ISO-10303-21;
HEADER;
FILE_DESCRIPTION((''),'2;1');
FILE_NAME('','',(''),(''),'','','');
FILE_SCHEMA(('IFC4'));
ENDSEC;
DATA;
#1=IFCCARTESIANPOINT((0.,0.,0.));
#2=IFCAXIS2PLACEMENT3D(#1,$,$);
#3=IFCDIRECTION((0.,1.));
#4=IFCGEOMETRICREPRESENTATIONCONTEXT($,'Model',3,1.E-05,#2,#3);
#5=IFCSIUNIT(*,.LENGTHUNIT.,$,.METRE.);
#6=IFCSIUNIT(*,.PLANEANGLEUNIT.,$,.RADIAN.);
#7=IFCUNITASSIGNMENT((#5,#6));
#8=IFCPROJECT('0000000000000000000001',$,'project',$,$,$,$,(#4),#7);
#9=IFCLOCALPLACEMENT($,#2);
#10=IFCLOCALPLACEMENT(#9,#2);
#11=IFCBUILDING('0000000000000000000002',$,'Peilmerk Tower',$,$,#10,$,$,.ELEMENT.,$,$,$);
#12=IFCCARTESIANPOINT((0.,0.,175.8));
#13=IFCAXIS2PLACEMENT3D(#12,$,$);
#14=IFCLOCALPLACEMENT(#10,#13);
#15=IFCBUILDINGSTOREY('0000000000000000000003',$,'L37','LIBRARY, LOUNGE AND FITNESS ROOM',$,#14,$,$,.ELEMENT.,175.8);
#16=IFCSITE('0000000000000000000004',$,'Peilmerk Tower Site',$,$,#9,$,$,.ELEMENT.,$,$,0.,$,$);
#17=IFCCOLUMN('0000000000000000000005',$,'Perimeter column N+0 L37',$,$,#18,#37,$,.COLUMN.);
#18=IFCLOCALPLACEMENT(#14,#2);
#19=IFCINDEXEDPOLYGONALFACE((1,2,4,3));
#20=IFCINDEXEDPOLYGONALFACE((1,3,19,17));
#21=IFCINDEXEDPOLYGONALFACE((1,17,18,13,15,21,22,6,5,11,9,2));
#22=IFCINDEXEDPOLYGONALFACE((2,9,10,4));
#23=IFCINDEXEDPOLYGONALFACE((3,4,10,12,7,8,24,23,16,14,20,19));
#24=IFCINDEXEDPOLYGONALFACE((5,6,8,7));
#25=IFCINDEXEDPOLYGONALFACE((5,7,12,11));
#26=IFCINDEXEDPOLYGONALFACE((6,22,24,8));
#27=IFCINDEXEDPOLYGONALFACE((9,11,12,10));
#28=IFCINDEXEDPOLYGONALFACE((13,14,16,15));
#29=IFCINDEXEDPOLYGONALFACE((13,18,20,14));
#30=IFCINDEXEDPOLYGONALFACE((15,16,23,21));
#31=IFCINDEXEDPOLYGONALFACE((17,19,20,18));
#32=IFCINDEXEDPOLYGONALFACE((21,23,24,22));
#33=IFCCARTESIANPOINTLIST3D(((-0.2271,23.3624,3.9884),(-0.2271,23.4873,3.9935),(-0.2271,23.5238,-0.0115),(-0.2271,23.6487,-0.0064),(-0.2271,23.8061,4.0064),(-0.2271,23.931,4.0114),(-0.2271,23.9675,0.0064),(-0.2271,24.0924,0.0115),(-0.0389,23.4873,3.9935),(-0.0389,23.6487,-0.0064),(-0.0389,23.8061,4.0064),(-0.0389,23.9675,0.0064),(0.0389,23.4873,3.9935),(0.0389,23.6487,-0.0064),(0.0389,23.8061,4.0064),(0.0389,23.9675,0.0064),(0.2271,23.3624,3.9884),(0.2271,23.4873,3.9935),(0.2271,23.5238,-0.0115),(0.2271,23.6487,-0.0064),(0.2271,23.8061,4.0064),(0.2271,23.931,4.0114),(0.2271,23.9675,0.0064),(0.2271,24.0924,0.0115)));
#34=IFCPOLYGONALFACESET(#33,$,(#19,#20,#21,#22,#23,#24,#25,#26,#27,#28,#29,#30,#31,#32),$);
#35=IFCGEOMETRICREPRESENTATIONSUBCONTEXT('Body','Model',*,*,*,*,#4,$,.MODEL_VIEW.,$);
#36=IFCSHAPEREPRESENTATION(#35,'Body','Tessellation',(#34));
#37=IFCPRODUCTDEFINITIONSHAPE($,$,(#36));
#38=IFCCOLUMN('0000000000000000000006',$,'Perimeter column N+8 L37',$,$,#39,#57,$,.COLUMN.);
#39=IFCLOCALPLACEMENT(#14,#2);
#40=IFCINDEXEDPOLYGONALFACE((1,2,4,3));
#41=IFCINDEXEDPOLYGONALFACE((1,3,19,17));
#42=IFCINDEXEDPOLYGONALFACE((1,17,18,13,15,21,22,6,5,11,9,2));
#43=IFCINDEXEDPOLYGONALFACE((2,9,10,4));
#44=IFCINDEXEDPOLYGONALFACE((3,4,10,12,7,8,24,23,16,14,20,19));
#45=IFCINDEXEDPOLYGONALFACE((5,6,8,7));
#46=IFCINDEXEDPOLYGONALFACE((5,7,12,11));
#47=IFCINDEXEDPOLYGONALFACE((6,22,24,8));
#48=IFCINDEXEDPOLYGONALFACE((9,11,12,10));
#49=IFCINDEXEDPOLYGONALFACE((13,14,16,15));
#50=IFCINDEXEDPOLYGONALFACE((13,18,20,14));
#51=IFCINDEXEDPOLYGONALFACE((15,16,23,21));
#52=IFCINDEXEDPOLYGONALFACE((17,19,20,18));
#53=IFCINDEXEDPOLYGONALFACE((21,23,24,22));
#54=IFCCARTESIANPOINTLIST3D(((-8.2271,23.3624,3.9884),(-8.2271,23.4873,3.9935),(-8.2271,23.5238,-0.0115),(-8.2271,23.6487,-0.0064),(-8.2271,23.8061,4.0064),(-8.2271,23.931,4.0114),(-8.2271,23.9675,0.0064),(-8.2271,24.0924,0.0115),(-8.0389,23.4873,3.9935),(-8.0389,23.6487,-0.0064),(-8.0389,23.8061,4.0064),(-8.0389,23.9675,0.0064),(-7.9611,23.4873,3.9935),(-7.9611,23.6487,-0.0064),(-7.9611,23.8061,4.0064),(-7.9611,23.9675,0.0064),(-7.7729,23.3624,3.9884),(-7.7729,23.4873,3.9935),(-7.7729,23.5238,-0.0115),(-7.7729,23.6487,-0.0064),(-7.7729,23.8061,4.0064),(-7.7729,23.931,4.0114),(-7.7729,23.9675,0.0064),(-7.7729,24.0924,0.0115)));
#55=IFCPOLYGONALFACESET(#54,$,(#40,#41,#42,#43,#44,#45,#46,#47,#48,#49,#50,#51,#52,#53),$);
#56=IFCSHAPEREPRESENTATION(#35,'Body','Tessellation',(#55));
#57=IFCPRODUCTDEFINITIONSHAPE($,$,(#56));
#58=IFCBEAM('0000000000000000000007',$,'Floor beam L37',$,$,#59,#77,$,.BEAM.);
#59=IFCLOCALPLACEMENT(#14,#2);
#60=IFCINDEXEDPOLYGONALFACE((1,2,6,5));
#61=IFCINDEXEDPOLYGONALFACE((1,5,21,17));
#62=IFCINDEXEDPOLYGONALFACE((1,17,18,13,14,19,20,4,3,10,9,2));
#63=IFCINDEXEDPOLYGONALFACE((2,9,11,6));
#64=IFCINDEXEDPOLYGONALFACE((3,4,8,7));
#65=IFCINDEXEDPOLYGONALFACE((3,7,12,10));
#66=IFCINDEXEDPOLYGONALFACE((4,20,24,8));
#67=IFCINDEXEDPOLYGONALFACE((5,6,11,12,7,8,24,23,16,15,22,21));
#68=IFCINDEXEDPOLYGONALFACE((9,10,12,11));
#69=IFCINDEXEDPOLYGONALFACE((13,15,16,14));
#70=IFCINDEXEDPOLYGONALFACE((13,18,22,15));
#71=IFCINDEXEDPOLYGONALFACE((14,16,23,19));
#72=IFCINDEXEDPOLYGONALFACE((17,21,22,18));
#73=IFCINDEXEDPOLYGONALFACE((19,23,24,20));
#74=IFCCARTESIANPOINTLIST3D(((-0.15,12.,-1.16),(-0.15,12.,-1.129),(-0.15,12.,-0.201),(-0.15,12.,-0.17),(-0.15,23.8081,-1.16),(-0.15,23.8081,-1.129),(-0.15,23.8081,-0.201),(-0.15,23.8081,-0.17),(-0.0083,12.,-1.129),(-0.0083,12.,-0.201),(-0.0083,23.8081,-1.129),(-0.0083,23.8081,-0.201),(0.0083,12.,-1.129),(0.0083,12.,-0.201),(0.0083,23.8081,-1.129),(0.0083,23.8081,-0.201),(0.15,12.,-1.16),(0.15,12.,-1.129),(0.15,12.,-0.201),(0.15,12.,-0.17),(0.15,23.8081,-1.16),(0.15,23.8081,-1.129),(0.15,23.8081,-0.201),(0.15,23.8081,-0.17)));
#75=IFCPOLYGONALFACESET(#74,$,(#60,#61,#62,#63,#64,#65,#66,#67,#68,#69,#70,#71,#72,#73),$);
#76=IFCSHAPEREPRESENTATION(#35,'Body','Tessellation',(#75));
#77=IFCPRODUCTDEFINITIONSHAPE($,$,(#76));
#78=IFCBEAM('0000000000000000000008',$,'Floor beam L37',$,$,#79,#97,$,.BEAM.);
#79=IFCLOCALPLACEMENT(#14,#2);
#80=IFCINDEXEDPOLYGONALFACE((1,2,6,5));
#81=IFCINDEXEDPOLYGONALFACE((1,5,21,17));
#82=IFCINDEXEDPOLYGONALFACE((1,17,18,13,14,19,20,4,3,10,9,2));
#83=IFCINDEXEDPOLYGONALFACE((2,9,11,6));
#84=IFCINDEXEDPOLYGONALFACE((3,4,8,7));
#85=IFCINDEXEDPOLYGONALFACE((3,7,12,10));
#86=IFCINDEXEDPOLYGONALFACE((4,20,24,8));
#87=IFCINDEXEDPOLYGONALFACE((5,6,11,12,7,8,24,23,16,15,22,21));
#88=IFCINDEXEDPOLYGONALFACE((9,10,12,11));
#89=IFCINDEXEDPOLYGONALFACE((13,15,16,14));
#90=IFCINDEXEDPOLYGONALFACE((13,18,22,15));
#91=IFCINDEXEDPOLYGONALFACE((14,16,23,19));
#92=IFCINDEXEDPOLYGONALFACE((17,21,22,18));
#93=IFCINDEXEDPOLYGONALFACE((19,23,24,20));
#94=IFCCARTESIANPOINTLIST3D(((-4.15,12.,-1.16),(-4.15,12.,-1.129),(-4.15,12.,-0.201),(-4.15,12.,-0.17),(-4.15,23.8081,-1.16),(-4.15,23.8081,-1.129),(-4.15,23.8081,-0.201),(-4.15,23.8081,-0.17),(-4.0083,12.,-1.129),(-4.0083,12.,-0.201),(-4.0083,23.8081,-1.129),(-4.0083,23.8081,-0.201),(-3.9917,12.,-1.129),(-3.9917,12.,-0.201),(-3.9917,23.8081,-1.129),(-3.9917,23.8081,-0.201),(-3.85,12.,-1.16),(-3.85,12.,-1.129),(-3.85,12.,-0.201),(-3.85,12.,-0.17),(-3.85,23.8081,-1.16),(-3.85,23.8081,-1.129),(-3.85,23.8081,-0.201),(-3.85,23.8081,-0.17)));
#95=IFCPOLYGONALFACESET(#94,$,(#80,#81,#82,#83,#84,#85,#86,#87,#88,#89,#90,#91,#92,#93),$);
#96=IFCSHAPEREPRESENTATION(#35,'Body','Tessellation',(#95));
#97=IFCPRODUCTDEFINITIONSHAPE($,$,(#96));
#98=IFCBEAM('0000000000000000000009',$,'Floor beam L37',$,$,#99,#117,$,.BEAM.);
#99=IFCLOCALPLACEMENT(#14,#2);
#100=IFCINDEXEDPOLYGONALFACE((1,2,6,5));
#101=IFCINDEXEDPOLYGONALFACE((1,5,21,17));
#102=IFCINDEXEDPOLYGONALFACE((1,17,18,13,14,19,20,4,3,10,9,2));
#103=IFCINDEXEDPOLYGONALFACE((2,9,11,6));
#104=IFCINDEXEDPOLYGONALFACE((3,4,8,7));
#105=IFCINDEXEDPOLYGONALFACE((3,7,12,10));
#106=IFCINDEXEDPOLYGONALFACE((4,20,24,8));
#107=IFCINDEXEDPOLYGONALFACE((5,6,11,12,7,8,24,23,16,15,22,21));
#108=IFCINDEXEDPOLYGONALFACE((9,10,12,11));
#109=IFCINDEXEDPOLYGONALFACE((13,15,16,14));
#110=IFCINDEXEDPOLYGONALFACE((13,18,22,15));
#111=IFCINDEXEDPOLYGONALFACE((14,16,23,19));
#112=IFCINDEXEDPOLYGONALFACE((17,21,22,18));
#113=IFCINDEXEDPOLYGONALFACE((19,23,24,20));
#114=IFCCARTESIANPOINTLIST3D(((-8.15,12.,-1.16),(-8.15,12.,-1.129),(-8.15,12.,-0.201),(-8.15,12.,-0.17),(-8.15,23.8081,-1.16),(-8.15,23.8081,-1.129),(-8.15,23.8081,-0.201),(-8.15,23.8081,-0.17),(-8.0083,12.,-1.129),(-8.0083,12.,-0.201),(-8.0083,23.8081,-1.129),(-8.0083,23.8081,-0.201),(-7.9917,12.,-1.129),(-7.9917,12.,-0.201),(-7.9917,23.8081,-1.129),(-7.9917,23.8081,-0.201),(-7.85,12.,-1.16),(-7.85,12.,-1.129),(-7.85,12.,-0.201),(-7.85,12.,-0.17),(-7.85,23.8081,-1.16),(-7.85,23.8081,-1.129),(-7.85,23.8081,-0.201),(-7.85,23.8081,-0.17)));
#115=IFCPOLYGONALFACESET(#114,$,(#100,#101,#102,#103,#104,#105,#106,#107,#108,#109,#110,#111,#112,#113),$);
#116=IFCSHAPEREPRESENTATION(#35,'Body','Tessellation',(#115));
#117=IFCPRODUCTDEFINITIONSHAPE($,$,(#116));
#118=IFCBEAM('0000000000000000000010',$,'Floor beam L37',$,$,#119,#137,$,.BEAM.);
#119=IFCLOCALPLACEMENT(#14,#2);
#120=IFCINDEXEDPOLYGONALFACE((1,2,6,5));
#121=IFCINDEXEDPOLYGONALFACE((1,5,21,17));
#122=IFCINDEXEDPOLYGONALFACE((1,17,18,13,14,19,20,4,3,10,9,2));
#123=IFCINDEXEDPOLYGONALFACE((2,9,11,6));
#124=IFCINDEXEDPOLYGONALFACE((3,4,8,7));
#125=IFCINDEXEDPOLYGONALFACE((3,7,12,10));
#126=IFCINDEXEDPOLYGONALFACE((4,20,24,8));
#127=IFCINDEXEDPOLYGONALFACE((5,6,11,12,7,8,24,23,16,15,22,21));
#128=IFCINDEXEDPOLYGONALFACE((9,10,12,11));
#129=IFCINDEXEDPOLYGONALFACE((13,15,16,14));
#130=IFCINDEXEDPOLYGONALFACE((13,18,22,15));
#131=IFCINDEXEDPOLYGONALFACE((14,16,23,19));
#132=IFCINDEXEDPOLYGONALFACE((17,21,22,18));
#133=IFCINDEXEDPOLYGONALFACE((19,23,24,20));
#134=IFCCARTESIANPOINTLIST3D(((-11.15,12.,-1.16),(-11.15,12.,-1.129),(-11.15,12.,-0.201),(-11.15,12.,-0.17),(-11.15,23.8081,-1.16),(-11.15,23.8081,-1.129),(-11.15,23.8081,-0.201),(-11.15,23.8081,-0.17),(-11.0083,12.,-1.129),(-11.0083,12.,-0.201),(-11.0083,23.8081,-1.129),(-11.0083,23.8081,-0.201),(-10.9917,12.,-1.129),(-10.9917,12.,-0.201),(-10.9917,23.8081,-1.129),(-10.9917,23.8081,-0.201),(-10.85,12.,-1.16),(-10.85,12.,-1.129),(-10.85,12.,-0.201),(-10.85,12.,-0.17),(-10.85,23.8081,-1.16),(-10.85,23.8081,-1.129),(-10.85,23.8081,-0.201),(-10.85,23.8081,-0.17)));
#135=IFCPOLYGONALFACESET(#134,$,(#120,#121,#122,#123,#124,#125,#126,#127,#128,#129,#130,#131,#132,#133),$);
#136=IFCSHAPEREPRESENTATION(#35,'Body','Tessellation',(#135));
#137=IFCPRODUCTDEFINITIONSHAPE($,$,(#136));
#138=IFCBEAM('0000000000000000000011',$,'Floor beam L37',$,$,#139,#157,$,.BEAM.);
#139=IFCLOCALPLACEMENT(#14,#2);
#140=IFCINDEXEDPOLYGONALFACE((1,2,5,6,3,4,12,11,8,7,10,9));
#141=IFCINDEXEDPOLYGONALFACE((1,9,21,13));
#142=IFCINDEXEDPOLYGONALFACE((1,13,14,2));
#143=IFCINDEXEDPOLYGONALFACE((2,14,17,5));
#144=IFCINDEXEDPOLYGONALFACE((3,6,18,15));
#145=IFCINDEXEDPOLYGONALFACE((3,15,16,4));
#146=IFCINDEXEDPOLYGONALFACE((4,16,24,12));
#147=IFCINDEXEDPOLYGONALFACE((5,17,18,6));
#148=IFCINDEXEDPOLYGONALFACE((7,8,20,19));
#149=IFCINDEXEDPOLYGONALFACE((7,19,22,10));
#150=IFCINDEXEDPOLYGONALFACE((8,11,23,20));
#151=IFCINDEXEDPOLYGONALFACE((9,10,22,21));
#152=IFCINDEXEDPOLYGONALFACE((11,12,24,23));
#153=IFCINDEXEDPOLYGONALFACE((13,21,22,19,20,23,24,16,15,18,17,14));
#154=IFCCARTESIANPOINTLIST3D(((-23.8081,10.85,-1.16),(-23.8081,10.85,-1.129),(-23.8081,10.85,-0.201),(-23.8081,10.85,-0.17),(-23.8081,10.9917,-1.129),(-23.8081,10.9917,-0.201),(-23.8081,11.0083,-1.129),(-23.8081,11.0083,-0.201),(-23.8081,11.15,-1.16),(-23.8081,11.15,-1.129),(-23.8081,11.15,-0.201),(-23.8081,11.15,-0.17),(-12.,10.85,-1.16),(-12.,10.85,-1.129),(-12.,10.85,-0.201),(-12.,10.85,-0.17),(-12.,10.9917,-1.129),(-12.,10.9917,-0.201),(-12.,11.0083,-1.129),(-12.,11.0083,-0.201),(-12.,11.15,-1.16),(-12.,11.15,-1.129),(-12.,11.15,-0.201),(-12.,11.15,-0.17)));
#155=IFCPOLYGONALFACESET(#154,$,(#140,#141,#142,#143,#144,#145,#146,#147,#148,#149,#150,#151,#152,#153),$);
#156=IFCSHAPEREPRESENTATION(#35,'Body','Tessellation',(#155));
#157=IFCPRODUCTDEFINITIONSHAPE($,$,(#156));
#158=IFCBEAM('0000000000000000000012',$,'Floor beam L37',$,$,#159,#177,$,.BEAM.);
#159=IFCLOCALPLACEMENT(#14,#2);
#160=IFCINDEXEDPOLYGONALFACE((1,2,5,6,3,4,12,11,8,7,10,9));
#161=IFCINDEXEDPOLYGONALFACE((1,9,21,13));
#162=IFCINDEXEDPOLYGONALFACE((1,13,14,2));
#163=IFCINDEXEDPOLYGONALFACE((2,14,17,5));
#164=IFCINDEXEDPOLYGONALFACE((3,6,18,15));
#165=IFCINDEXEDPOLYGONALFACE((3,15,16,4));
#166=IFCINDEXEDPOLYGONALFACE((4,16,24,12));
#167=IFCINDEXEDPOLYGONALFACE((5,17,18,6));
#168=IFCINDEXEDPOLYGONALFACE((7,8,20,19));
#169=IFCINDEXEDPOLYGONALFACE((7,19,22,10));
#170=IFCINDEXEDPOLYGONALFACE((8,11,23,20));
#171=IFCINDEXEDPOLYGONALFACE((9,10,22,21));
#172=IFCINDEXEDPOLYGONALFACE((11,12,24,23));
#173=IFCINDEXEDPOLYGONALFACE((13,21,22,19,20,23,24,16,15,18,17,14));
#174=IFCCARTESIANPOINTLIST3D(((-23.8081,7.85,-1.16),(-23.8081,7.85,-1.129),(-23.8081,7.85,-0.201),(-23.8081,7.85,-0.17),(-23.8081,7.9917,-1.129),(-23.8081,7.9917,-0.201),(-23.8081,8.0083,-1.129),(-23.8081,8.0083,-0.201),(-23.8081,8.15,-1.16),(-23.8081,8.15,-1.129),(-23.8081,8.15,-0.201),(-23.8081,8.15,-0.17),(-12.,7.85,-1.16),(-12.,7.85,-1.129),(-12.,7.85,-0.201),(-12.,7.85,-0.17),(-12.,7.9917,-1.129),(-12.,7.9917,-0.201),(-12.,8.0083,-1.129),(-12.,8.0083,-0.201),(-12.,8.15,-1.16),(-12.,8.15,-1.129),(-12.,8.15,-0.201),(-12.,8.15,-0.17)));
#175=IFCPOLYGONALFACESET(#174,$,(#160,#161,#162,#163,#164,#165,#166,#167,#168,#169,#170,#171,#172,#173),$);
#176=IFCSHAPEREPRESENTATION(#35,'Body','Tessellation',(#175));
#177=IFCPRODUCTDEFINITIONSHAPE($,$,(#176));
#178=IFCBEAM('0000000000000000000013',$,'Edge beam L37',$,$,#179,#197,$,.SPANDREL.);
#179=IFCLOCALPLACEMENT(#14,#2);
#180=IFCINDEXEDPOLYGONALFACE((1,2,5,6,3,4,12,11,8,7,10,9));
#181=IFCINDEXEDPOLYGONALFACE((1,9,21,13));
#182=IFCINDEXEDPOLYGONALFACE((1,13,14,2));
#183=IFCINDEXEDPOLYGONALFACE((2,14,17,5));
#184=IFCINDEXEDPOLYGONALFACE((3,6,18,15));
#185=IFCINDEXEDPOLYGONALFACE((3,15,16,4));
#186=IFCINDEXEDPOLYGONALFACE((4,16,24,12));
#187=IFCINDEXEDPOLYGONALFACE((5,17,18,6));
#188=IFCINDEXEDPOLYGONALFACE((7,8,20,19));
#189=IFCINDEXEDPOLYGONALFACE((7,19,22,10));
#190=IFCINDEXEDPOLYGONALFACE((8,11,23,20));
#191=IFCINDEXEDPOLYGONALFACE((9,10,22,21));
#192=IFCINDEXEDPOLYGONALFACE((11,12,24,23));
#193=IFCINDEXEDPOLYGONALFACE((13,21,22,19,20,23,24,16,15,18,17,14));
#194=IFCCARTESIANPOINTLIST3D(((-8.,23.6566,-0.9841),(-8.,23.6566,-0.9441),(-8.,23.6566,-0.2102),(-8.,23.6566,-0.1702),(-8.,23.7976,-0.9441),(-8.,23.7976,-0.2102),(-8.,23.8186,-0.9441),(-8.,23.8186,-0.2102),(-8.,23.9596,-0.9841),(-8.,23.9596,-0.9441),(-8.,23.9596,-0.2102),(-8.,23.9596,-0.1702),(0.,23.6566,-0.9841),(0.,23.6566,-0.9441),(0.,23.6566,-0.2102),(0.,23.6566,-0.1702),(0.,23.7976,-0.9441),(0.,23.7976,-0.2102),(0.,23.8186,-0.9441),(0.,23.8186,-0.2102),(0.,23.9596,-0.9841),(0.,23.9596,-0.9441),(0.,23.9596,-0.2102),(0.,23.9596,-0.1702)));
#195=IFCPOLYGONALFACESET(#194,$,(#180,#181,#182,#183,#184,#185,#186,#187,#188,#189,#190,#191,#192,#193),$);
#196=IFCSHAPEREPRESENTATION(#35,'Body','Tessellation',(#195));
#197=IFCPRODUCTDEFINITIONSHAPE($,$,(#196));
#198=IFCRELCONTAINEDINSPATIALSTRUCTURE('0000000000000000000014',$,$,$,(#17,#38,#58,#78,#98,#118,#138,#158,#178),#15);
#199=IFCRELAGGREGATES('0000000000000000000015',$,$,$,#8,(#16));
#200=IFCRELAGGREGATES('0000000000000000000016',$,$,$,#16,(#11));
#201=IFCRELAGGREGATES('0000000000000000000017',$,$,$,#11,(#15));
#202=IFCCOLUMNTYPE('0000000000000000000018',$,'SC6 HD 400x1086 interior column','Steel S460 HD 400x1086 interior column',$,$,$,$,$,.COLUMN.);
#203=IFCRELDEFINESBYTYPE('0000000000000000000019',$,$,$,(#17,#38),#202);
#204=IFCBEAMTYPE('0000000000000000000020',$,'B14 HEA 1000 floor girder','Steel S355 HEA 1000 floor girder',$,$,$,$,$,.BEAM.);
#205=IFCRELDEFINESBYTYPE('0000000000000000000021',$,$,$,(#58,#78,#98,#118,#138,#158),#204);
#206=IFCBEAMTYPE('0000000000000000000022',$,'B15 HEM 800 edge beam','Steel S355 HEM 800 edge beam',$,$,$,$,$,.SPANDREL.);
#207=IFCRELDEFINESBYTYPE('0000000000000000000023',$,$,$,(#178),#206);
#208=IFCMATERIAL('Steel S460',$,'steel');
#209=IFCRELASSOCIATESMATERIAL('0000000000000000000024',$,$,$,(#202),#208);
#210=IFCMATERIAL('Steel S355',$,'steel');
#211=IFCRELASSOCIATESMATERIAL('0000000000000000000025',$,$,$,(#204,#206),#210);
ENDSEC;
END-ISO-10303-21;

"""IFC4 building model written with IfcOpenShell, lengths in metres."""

from ifc_helpers import new_model, si_unit, direction, frame, origin, origin_2d, place, context, subcontext, project, spatial, i_section, extrude, material, material_profile, profile_set, type_object, element, save


model = new_model("IFC4")

# Units and contexts
model_context = context("Model", 3, precision=1e-05, world=origin(), true_north=direction((0.0, 1.0)))
body_context = subcontext(model_context, "Body", "Model", "MODEL_VIEW")
ifc_project = project(units=[si_unit("LENGTHUNIT", "METRE"), si_unit("PLANEANGLEUNIT", "RADIAN")], contexts=[model_context])

# Site, building, storey
site_placement = place(None, origin())
site = spatial("IfcSite", under=ifc_project, at=site_placement, Name="Peilmerk Tower Site", CompositionType="ELEMENT", RefElevation=0.0)
building_placement = place(site_placement, origin())
building = spatial("IfcBuilding", under=site, at=building_placement, Name="Peilmerk Tower", CompositionType="ELEMENT")
storey_placement = place(building_placement, frame((0.0, 0.0, 175.8)))
storey = spatial("IfcBuildingStorey", under=building, at=storey_placement, Name="L37", Description="LIBRARY, LOUNGE AND FITNESS ROOM", CompositionType="ELEMENT", Elevation=175.8)

# Columns
ifc_material_1 = material(Name="Steel S460", Category="steel")
ifc_material_profile_1 = material_profile(ifc_material_1, i_section(OverallWidth=0.4541, OverallDepth=0.5691, WebThickness=0.0779, FlangeThickness=0.125, at=origin_2d()), Name="HD 400x1086")
ifc_profile_set_1 = profile_set([ifc_material_profile_1], Name="Steel S460")
column_type = type_object("IfcColumnType", Name="SC6 HD 400x1086 interior column", Description="Steel S460 HD 400x1086 interior column", PredefinedType="COLUMN", material=ifc_profile_set_1)
for number, where, z_axis, x_axis, name in (
    (1, (0.0, 23.8081, 0.0), (0.0, -0.040311, 0.999187), (1.0, 0.0, 0.0), "Perimeter column N+0 L37"),
    (2, (-8.0, 23.8081, 0.0), (0.0, -0.040311, 0.999187), (1.0, 0.0, 0.0), "Perimeter column N+8 L37"),
):
    element("IfcColumn", number, at=place(storey_placement, frame(where, z_axis=z_axis, x_axis=x_axis)), inside=storey, type_object=column_type, Name=name, PredefinedType="COLUMN", context=body_context, shape_type="SweptSolid", body=[
        extrude(i_section(OverallWidth=0.4541, OverallDepth=0.5691, WebThickness=0.0779, FlangeThickness=0.125, at=origin_2d()), origin(), (0.0, 0.0, 1.0), 4.0032),
    ])

# Beams
ifc_material_2 = material(Name="Steel S355", Category="steel")
ifc_material_profile_2 = material_profile(ifc_material_2, i_section(OverallWidth=0.3, OverallDepth=0.99, WebThickness=0.0166, FlangeThickness=0.031, at=origin_2d()), Name="HEA 1000")
ifc_profile_set_2 = profile_set([ifc_material_profile_2], Name="Steel S355")
beam_type_1 = type_object("IfcBeamType", Name="B14 HEA 1000 floor girder", Description="Steel S355 HEA 1000 floor girder", PredefinedType="BEAM", material=ifc_profile_set_2)
for number, where, z_axis, x_axis, name in (
    (3, (0.0, 12.0, -0.665), (0.0, 1.0, 0.0), (-1.0, 0.0, 0.0), "Floor beam L37"),
    (4, (-4.0, 12.0, -0.665), (0.0, 1.0, 0.0), (-1.0, 0.0, 0.0), "Floor beam L37"),
    (5, (-8.0, 12.0, -0.665), (0.0, 1.0, 0.0), (-1.0, 0.0, 0.0), "Floor beam L37"),
    (6, (-11.0, 12.0, -0.665), (0.0, 1.0, 0.0), (-1.0, 0.0, 0.0), "Floor beam L37"),
    (7, (-12.0, 11.0, -0.665), (-1.0, 0.0, 0.0), (0.0, -1.0, 0.0), "Floor beam L37"),
    (8, (-12.0, 8.0, -0.665), (-1.0, 0.0, 0.0), (0.0, -1.0, 0.0), "Floor beam L37"),
):
    element("IfcBeam", number, at=place(storey_placement, frame(where, z_axis=z_axis, x_axis=x_axis)), inside=storey, type_object=beam_type_1, Name=name, PredefinedType="BEAM", context=body_context, shape_type="SweptSolid", body=[
        extrude(i_section(OverallWidth=0.3, OverallDepth=0.99, WebThickness=0.0166, FlangeThickness=0.031, at=origin_2d()), origin(), (0.0, 0.0, 1.0), 11.8081),
    ])
ifc_material_profile_3 = material_profile(ifc_material_2, i_section(OverallWidth=0.303, OverallDepth=0.814, WebThickness=0.021, FlangeThickness=0.04, at=origin_2d()), Name="HEM 800")
ifc_profile_set_3 = profile_set([ifc_material_profile_3], Name="Steel S355")
beam_type_2 = type_object("IfcBeamType", Name="B15 HEM 800 edge beam", Description="Steel S355 HEM 800 edge beam", PredefinedType="SPANDREL", material=ifc_profile_set_3)
for number, where, z_axis, x_axis, name in (
    (9, (0.0, 23.8081, -0.5771), (-1.0, 0.0, 0.0), (0.0, -1.0, 0.0), "Edge beam L37"),
):
    element("IfcBeam", number, at=place(storey_placement, frame(where, z_axis=z_axis, x_axis=x_axis)), inside=storey, type_object=beam_type_2, Name=name, PredefinedType="SPANDREL", context=body_context, shape_type="SweptSolid", body=[
        extrude(i_section(OverallWidth=0.303, OverallDepth=0.814, WebThickness=0.021, FlangeThickness=0.04, at=origin_2d()), origin(), (0.0, 0.0, 1.0), 8.0),
    ])

save(model, "model.ifc")
